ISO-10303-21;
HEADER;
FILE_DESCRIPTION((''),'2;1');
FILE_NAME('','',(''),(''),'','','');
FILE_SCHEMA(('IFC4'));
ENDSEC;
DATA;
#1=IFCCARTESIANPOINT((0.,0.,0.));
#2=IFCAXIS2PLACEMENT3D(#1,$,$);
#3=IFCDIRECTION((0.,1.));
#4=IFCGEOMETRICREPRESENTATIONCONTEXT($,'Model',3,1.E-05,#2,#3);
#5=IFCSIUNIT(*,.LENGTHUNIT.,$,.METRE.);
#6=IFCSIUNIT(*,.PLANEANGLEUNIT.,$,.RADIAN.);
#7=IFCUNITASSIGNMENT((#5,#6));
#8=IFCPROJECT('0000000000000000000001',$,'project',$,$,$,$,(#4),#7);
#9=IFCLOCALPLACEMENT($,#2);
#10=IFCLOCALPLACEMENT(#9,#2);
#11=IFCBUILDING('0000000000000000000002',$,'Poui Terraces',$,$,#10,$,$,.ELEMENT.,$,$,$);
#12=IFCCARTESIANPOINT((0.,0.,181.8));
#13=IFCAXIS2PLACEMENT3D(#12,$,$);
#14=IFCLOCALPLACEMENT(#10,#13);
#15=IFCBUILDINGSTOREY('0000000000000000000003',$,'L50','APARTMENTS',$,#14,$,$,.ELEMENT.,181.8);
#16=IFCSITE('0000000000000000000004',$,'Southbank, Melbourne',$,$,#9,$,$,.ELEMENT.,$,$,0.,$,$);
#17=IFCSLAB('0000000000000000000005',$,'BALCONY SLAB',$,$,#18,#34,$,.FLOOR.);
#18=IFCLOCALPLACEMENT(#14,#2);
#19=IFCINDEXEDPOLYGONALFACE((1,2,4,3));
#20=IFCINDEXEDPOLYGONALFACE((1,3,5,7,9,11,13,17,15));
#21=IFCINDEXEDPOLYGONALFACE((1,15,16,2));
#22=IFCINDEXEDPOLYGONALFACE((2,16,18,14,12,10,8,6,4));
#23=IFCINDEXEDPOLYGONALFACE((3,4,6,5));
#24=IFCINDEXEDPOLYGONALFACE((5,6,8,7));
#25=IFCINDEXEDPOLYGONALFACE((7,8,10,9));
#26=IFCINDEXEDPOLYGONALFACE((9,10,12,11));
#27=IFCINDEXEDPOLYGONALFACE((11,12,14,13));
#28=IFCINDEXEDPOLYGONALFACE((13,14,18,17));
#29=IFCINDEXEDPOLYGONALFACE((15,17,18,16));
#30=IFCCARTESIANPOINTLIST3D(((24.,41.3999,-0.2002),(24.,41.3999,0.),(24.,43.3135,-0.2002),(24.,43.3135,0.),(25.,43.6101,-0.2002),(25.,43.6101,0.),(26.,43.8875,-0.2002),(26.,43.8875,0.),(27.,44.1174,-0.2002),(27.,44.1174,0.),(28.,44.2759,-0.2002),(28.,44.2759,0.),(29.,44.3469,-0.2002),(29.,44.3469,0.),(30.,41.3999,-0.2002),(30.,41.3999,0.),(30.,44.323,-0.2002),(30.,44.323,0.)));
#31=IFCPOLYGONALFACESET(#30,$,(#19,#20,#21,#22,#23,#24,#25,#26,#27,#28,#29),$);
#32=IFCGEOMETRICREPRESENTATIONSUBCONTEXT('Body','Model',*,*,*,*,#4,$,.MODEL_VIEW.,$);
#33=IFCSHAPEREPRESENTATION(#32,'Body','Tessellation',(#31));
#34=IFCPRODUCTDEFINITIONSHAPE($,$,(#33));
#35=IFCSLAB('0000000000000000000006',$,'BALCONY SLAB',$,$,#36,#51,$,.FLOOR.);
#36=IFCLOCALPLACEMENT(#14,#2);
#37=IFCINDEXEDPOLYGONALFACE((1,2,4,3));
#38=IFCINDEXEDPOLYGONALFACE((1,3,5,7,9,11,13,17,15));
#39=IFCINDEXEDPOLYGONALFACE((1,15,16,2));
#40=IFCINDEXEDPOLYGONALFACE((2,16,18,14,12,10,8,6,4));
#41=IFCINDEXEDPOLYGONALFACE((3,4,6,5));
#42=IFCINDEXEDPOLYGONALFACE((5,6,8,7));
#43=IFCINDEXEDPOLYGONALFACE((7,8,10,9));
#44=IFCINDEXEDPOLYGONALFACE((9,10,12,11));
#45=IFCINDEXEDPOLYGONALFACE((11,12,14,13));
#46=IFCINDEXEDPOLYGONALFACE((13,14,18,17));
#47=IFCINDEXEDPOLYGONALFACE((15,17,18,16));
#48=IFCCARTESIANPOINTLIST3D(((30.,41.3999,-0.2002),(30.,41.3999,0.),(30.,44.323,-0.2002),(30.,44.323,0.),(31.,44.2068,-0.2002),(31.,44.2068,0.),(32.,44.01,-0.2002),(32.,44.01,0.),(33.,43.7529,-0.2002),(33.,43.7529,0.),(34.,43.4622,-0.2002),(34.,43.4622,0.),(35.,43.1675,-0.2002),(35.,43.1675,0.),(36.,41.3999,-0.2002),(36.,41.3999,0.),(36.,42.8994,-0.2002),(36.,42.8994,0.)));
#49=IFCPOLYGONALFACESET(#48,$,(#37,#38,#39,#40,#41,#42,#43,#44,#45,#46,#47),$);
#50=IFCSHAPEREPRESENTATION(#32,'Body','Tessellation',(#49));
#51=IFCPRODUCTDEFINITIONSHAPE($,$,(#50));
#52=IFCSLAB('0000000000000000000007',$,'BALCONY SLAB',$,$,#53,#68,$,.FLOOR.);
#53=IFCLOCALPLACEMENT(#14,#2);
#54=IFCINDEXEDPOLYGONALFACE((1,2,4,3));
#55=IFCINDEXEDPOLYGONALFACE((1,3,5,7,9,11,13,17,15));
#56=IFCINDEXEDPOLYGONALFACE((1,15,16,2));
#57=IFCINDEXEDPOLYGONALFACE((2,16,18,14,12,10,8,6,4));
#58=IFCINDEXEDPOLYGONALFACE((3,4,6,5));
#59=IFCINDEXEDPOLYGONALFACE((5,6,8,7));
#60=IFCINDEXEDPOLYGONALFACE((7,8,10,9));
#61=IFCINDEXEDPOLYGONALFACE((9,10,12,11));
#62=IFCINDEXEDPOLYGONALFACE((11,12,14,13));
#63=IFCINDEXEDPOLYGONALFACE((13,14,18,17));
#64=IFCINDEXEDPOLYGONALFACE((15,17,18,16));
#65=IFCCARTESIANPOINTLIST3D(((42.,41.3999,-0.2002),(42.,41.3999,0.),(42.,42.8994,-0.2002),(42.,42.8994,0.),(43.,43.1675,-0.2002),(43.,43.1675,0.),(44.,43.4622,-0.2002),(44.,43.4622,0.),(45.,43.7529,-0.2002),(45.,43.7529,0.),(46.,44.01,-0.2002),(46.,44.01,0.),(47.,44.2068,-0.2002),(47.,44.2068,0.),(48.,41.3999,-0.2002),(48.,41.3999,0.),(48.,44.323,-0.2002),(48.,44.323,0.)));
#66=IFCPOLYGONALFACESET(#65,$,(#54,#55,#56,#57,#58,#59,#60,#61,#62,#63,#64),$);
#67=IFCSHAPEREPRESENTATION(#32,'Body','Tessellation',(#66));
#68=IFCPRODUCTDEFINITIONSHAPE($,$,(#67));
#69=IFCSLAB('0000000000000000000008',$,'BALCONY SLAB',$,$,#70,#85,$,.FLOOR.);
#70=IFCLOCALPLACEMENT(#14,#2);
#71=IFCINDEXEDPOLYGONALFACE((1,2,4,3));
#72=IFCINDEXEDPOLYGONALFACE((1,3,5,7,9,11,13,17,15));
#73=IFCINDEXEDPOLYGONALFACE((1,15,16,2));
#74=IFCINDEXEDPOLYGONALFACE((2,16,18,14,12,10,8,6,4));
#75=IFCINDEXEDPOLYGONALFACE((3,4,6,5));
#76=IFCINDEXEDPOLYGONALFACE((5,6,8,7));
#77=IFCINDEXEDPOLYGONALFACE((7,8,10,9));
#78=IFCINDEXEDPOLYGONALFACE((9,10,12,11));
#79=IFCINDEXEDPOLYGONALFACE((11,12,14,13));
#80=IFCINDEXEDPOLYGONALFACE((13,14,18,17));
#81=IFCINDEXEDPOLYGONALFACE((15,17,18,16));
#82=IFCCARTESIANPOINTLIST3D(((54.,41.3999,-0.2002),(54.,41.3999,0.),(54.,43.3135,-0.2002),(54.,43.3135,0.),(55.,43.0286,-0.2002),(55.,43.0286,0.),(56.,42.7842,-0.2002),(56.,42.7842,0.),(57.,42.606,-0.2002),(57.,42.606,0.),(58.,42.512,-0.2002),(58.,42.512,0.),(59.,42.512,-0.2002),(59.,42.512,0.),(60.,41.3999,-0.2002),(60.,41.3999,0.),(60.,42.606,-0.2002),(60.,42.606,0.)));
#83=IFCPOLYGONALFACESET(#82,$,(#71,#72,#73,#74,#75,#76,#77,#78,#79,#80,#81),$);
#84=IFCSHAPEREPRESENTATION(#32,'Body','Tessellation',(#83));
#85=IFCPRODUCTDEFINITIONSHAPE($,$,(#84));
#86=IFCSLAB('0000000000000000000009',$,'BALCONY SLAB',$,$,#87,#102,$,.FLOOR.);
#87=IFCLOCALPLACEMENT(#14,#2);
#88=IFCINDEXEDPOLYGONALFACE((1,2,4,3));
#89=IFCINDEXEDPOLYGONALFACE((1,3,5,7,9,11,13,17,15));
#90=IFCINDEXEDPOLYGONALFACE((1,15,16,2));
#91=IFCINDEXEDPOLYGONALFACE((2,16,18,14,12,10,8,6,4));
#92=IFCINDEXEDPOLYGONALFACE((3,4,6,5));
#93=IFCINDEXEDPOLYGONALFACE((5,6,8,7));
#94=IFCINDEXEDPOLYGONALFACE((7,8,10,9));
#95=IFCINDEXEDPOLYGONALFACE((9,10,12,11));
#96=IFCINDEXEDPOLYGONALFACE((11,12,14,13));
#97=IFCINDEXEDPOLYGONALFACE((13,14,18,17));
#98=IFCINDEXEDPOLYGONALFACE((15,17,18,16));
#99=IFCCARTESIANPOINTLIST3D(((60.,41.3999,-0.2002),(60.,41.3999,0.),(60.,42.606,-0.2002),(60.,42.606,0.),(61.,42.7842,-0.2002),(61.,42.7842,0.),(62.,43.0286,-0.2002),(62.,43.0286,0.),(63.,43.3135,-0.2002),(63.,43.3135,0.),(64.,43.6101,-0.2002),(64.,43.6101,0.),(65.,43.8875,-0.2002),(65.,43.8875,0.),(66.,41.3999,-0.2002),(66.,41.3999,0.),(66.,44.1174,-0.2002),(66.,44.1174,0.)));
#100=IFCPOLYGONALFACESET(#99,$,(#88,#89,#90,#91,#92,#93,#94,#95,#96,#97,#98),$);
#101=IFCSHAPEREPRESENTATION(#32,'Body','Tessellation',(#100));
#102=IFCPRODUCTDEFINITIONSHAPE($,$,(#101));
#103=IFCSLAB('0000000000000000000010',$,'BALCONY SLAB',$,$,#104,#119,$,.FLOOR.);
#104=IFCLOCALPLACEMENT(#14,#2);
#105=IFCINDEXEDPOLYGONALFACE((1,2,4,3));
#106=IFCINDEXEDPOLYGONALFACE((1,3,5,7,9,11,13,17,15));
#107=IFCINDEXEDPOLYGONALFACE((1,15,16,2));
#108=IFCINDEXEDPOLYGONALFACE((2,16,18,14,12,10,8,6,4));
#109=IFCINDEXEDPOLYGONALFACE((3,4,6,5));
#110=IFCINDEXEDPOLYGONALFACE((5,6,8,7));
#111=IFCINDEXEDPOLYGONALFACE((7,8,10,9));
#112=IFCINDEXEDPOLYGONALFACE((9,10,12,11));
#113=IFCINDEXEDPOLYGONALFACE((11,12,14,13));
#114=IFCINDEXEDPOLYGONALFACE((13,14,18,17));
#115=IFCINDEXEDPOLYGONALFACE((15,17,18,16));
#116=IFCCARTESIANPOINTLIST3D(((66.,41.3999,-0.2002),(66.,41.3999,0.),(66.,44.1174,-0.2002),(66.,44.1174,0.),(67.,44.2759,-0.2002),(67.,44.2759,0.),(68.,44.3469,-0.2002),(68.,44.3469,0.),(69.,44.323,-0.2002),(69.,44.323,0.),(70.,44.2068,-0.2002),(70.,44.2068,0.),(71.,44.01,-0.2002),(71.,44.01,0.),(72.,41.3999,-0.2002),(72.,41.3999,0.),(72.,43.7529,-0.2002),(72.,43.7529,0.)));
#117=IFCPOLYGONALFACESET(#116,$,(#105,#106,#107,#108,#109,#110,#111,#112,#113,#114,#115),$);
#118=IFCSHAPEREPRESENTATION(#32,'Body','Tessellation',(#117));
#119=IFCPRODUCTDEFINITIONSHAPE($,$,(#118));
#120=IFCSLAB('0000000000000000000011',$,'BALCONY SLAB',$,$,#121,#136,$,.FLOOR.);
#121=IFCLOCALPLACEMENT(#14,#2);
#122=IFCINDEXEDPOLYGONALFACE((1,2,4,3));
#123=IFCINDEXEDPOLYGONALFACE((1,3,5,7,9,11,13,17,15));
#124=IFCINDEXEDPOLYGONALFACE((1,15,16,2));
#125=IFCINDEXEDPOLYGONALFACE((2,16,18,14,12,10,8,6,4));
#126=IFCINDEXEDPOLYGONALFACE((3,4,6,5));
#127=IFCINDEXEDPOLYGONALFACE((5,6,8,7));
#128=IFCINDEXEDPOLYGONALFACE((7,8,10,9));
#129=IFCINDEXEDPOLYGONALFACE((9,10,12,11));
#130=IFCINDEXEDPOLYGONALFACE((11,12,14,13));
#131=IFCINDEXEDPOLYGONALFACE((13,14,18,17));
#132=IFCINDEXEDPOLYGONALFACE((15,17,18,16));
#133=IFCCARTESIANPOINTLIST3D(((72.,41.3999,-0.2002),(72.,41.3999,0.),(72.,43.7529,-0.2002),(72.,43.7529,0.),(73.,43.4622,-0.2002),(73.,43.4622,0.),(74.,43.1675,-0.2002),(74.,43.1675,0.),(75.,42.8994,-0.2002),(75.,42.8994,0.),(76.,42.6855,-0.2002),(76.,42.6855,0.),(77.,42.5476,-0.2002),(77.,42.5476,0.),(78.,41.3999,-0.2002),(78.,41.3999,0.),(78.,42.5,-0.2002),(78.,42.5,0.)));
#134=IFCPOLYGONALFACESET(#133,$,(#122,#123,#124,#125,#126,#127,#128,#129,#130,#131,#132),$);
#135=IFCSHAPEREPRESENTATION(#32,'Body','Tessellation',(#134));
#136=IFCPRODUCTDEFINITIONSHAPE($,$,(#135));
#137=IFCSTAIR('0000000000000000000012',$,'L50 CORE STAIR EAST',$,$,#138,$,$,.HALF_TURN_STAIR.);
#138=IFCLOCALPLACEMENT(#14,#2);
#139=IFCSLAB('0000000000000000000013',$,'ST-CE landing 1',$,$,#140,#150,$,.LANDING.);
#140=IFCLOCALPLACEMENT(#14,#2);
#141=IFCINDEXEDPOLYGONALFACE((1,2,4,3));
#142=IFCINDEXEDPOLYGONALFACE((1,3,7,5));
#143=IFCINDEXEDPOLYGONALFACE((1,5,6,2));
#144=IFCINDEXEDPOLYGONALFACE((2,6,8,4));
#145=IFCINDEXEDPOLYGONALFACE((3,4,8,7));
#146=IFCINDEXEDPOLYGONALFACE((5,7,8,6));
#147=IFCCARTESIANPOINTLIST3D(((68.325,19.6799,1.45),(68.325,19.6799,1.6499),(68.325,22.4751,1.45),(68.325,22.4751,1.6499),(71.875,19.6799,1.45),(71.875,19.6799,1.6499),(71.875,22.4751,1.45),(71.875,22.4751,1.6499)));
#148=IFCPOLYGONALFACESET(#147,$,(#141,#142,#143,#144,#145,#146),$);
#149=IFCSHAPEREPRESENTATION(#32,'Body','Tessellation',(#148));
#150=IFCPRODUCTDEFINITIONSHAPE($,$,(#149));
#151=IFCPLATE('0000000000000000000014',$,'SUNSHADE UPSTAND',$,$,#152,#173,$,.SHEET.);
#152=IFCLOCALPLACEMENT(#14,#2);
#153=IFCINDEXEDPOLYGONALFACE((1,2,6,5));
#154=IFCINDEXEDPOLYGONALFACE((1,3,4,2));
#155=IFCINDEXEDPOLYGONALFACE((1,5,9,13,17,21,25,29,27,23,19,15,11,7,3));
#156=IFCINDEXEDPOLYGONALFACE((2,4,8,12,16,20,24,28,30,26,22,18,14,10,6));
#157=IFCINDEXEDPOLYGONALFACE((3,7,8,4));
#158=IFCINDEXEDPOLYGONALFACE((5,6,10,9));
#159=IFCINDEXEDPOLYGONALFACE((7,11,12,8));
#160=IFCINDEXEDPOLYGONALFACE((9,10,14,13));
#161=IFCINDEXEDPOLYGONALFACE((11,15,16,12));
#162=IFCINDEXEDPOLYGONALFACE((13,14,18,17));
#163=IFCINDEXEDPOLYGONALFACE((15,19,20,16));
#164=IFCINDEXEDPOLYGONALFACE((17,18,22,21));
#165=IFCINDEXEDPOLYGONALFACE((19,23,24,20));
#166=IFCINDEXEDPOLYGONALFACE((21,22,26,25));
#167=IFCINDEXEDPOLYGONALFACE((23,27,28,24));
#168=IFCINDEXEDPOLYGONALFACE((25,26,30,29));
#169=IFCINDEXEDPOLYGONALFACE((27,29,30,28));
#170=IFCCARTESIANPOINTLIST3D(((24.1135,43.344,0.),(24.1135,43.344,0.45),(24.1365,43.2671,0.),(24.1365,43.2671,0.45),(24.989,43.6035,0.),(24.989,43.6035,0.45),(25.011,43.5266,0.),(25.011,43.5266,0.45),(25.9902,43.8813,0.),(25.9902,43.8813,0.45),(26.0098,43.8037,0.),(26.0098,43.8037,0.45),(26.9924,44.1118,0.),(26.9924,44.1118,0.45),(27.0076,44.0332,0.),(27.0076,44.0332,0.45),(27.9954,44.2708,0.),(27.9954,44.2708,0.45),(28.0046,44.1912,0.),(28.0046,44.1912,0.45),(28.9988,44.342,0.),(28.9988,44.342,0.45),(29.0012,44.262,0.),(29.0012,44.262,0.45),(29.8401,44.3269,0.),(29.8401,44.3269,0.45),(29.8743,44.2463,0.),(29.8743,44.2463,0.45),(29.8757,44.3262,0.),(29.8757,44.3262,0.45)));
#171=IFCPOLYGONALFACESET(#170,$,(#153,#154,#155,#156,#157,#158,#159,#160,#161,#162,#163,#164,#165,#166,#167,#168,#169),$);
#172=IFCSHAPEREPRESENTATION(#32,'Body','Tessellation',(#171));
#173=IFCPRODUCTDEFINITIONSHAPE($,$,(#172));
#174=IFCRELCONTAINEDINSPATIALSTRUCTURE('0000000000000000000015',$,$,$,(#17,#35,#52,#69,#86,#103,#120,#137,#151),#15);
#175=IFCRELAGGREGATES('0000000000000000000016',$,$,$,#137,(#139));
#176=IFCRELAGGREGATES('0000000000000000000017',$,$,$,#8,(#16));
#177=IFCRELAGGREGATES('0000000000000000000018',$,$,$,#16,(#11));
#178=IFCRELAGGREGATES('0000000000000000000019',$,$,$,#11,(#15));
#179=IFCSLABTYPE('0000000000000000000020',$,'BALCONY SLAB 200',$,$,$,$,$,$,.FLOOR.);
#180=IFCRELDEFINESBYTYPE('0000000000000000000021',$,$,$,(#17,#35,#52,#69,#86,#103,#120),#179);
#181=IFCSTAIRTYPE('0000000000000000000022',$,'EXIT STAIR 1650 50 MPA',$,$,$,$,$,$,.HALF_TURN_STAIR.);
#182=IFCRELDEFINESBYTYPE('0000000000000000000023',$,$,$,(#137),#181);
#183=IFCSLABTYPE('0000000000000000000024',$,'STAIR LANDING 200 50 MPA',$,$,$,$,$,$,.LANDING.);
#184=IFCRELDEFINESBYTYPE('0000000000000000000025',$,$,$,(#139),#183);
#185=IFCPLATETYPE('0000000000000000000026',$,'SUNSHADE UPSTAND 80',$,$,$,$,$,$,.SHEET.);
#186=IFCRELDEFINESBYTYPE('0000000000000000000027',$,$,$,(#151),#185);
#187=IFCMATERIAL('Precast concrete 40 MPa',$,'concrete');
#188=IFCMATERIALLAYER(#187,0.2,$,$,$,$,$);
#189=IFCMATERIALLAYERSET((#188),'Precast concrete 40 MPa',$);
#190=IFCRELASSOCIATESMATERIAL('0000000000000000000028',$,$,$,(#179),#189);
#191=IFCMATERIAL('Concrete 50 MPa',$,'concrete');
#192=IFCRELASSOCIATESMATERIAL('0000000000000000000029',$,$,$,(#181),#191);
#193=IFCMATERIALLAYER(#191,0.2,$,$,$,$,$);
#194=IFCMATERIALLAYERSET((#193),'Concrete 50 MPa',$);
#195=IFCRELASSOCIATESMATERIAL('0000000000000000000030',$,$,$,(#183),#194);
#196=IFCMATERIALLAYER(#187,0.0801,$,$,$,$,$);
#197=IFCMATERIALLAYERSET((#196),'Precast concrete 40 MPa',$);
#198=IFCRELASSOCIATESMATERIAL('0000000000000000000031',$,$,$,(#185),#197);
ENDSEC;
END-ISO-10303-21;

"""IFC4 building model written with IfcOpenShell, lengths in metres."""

from ifc_helpers import new_model, si_unit, direction, frame, origin, place, context, subcontext, project, spatial, polyline, outline, extrude, material, layer, layer_set, type_object, element, aggregate, save


model = new_model("IFC4")

# Units and contexts
model_context = context("Model", 3, precision=1e-05, world=origin(), true_north=direction((0.0, 1.0)))
body_context = subcontext(model_context, "Body", "Model", "MODEL_VIEW")
ifc_project = project(units=[si_unit("LENGTHUNIT", "METRE"), si_unit("PLANEANGLEUNIT", "RADIAN")], contexts=[model_context])

# Site, building, storey
site_placement = place(None, origin())
site = spatial("IfcSite", under=ifc_project, at=site_placement, Name="Southbank, Melbourne", CompositionType="ELEMENT", RefElevation=0.0)
building_placement = place(site_placement, origin())
building = spatial("IfcBuilding", under=site, at=building_placement, Name="Poui Terraces", CompositionType="ELEMENT")
storey_placement = place(building_placement, frame((0.0, 0.0, 181.8)))
storey = spatial("IfcBuildingStorey", under=building, at=storey_placement, Name="L50", Description="APARTMENTS", CompositionType="ELEMENT", Elevation=181.8)

# Slabs
ifc_material_1 = material(Name="Precast concrete 40 MPa", Category="concrete")
ifc_layer_1 = layer(ifc_material_1, 0.2)
ifc_layer_set_1 = layer_set([ifc_layer_1], Name="Precast concrete 40 MPa")
slab_type_1 = type_object("IfcSlabType", Name="BALCONY SLAB 200", PredefinedType="FLOOR", material=ifc_layer_set_1)
slab_1_placement = place(storey_placement, frame((0.0, 0.0, -0.2002)))
element("IfcSlab", 1, at=slab_1_placement, inside=storey, type_object=slab_type_1, Name="BALCONY SLAB", PredefinedType="FLOOR", context=body_context, shape_type="SweptSolid", body=[
    extrude(outline(polyline([(24.0, 41.3999), (30.0, 41.3999), (30.0, 44.323), (29.0, 44.3469), (28.0, 44.2759), (27.0, 44.1174), (26.0, 43.8875), (25.0, 43.6101), (24.0, 43.3135), (24.0, 41.3999)])), origin(), (0.0, 0.0, 1.0), 0.2002),
])
slab_2_placement = place(storey_placement, frame((0.0, 0.0, -0.2002)))
element("IfcSlab", 2, at=slab_2_placement, inside=storey, type_object=slab_type_1, Name="BALCONY SLAB", PredefinedType="FLOOR", context=body_context, shape_type="SweptSolid", body=[
    extrude(outline(polyline([(30.0, 41.3999), (36.0, 41.3999), (36.0, 42.8994), (35.0, 43.1675), (34.0, 43.4622), (33.0, 43.7529), (32.0, 44.01), (31.0, 44.2068), (30.0, 44.323), (30.0, 41.3999)])), origin(), (0.0, 0.0, 1.0), 0.2002),
])
slab_3_placement = place(storey_placement, frame((0.0, 0.0, -0.2002)))
element("IfcSlab", 3, at=slab_3_placement, inside=storey, type_object=slab_type_1, Name="BALCONY SLAB", PredefinedType="FLOOR", context=body_context, shape_type="SweptSolid", body=[
    extrude(outline(polyline([(42.0, 41.3999), (48.0, 41.3999), (48.0, 44.323), (47.0, 44.2068), (46.0, 44.01), (45.0, 43.7529), (44.0, 43.4622), (43.0, 43.1675), (42.0, 42.8994), (42.0, 41.3999)])), origin(), (0.0, 0.0, 1.0), 0.2002),
])
slab_4_placement = place(storey_placement, frame((0.0, 0.0, -0.2002)))
element("IfcSlab", 4, at=slab_4_placement, inside=storey, type_object=slab_type_1, Name="BALCONY SLAB", PredefinedType="FLOOR", context=body_context, shape_type="SweptSolid", body=[
    extrude(outline(polyline([(54.0, 41.3999), (60.0, 41.3999), (60.0, 42.606), (59.0, 42.512), (58.0, 42.512), (57.0, 42.606), (56.0, 42.7842), (55.0, 43.0286), (54.0, 43.3135), (54.0, 41.3999)])), origin(), (0.0, 0.0, 1.0), 0.2002),
])
slab_5_placement = place(storey_placement, frame((0.0, 0.0, -0.2002)))
element("IfcSlab", 5, at=slab_5_placement, inside=storey, type_object=slab_type_1, Name="BALCONY SLAB", PredefinedType="FLOOR", context=body_context, shape_type="SweptSolid", body=[
    extrude(outline(polyline([(60.0, 41.3999), (66.0, 41.3999), (66.0, 44.1174), (65.0, 43.8875), (64.0, 43.6101), (63.0, 43.3135), (62.0, 43.0286), (61.0, 42.7842), (60.0, 42.606), (60.0, 41.3999)])), origin(), (0.0, 0.0, 1.0), 0.2002),
])
slab_6_placement = place(storey_placement, frame((0.0, 0.0, -0.2002)))
element("IfcSlab", 6, at=slab_6_placement, inside=storey, type_object=slab_type_1, Name="BALCONY SLAB", PredefinedType="FLOOR", context=body_context, shape_type="SweptSolid", body=[
    extrude(outline(polyline([(66.0, 41.3999), (72.0, 41.3999), (72.0, 43.7529), (71.0, 44.01), (70.0, 44.2068), (69.0, 44.323), (68.0, 44.3469), (67.0, 44.2759), (66.0, 44.1174), (66.0, 41.3999)])), origin(), (0.0, 0.0, 1.0), 0.2002),
])
slab_7_placement = place(storey_placement, frame((0.0, 0.0, -0.2002)))
element("IfcSlab", 7, at=slab_7_placement, inside=storey, type_object=slab_type_1, Name="BALCONY SLAB", PredefinedType="FLOOR", context=body_context, shape_type="SweptSolid", body=[
    extrude(outline(polyline([(72.0, 41.3999), (78.0, 41.3999), (78.0, 42.5), (77.0, 42.5476), (76.0, 42.6855), (75.0, 42.8994), (74.0, 43.1675), (73.0, 43.4622), (72.0, 43.7529), (72.0, 41.3999)])), origin(), (0.0, 0.0, 1.0), 0.2002),
])

# Stair, slab
ifc_material_2 = material(Name="Concrete 50 MPa", Category="concrete")
stair_type = type_object("IfcStairType", Name="EXIT STAIR 1650 50 MPA", PredefinedType="HALF_TURN_STAIR", material=ifc_material_2)
stair_placement = place(storey_placement, origin())
stair = element("IfcStair", 8, at=stair_placement, inside=storey, type_object=stair_type, Name="L50 CORE STAIR EAST", PredefinedType="HALF_TURN_STAIR")
ifc_layer_2 = layer(ifc_material_2, 0.2)
ifc_layer_set_2 = layer_set([ifc_layer_2], Name="Concrete 50 MPa")
slab_type_2 = type_object("IfcSlabType", Name="STAIR LANDING 200 50 MPA", PredefinedType="LANDING", material=ifc_layer_set_2)
slab_8_placement = place(storey_placement, frame((0.0, 0.0, 1.45)))
slab_8 = element("IfcSlab", 9, at=slab_8_placement, type_object=slab_type_2, Name="ST-CE landing 1", PredefinedType="LANDING", context=body_context, shape_type="SweptSolid", body=[
    extrude(outline(polyline([(68.325, 19.6799), (71.875, 19.6799), (71.875, 22.4751), (68.325, 22.4751), (68.325, 19.6799)])), origin(), (0.0, 0.0, 1.0), 0.2),
])
aggregate(stair, [slab_8])

# Plate
ifc_layer_3 = layer(ifc_material_1, 0.0801)
ifc_layer_set_3 = layer_set([ifc_layer_3], Name="Precast concrete 40 MPa")
plate_type = type_object("IfcPlateType", Name="SUNSHADE UPSTAND 80", PredefinedType="SHEET", material=ifc_layer_set_3)
plate_1_placement = place(storey_placement, origin())
element("IfcPlate", 10, at=plate_1_placement, inside=storey, type_object=plate_type, Name="SUNSHADE UPSTAND", PredefinedType="SHEET", context=body_context, shape_type="SweptSolid", body=[
    extrude(outline(polyline([(24.989, 43.6035), (24.1135, 43.344), (24.1365, 43.2671), (25.011, 43.5266), (26.0098, 43.8037), (27.0076, 44.0332), (28.0046, 44.1912), (29.0012, 44.262), (29.8743, 44.2463), (29.8757, 44.3262), (29.8401, 44.3269), (28.9988, 44.342), (27.9954, 44.2708), (26.9924, 44.1118), (25.9902, 43.8813), (24.989, 43.6035)])), origin(), (0.0, 0.0, 1.0), 0.45),
])

save(model, "model.ifc")
